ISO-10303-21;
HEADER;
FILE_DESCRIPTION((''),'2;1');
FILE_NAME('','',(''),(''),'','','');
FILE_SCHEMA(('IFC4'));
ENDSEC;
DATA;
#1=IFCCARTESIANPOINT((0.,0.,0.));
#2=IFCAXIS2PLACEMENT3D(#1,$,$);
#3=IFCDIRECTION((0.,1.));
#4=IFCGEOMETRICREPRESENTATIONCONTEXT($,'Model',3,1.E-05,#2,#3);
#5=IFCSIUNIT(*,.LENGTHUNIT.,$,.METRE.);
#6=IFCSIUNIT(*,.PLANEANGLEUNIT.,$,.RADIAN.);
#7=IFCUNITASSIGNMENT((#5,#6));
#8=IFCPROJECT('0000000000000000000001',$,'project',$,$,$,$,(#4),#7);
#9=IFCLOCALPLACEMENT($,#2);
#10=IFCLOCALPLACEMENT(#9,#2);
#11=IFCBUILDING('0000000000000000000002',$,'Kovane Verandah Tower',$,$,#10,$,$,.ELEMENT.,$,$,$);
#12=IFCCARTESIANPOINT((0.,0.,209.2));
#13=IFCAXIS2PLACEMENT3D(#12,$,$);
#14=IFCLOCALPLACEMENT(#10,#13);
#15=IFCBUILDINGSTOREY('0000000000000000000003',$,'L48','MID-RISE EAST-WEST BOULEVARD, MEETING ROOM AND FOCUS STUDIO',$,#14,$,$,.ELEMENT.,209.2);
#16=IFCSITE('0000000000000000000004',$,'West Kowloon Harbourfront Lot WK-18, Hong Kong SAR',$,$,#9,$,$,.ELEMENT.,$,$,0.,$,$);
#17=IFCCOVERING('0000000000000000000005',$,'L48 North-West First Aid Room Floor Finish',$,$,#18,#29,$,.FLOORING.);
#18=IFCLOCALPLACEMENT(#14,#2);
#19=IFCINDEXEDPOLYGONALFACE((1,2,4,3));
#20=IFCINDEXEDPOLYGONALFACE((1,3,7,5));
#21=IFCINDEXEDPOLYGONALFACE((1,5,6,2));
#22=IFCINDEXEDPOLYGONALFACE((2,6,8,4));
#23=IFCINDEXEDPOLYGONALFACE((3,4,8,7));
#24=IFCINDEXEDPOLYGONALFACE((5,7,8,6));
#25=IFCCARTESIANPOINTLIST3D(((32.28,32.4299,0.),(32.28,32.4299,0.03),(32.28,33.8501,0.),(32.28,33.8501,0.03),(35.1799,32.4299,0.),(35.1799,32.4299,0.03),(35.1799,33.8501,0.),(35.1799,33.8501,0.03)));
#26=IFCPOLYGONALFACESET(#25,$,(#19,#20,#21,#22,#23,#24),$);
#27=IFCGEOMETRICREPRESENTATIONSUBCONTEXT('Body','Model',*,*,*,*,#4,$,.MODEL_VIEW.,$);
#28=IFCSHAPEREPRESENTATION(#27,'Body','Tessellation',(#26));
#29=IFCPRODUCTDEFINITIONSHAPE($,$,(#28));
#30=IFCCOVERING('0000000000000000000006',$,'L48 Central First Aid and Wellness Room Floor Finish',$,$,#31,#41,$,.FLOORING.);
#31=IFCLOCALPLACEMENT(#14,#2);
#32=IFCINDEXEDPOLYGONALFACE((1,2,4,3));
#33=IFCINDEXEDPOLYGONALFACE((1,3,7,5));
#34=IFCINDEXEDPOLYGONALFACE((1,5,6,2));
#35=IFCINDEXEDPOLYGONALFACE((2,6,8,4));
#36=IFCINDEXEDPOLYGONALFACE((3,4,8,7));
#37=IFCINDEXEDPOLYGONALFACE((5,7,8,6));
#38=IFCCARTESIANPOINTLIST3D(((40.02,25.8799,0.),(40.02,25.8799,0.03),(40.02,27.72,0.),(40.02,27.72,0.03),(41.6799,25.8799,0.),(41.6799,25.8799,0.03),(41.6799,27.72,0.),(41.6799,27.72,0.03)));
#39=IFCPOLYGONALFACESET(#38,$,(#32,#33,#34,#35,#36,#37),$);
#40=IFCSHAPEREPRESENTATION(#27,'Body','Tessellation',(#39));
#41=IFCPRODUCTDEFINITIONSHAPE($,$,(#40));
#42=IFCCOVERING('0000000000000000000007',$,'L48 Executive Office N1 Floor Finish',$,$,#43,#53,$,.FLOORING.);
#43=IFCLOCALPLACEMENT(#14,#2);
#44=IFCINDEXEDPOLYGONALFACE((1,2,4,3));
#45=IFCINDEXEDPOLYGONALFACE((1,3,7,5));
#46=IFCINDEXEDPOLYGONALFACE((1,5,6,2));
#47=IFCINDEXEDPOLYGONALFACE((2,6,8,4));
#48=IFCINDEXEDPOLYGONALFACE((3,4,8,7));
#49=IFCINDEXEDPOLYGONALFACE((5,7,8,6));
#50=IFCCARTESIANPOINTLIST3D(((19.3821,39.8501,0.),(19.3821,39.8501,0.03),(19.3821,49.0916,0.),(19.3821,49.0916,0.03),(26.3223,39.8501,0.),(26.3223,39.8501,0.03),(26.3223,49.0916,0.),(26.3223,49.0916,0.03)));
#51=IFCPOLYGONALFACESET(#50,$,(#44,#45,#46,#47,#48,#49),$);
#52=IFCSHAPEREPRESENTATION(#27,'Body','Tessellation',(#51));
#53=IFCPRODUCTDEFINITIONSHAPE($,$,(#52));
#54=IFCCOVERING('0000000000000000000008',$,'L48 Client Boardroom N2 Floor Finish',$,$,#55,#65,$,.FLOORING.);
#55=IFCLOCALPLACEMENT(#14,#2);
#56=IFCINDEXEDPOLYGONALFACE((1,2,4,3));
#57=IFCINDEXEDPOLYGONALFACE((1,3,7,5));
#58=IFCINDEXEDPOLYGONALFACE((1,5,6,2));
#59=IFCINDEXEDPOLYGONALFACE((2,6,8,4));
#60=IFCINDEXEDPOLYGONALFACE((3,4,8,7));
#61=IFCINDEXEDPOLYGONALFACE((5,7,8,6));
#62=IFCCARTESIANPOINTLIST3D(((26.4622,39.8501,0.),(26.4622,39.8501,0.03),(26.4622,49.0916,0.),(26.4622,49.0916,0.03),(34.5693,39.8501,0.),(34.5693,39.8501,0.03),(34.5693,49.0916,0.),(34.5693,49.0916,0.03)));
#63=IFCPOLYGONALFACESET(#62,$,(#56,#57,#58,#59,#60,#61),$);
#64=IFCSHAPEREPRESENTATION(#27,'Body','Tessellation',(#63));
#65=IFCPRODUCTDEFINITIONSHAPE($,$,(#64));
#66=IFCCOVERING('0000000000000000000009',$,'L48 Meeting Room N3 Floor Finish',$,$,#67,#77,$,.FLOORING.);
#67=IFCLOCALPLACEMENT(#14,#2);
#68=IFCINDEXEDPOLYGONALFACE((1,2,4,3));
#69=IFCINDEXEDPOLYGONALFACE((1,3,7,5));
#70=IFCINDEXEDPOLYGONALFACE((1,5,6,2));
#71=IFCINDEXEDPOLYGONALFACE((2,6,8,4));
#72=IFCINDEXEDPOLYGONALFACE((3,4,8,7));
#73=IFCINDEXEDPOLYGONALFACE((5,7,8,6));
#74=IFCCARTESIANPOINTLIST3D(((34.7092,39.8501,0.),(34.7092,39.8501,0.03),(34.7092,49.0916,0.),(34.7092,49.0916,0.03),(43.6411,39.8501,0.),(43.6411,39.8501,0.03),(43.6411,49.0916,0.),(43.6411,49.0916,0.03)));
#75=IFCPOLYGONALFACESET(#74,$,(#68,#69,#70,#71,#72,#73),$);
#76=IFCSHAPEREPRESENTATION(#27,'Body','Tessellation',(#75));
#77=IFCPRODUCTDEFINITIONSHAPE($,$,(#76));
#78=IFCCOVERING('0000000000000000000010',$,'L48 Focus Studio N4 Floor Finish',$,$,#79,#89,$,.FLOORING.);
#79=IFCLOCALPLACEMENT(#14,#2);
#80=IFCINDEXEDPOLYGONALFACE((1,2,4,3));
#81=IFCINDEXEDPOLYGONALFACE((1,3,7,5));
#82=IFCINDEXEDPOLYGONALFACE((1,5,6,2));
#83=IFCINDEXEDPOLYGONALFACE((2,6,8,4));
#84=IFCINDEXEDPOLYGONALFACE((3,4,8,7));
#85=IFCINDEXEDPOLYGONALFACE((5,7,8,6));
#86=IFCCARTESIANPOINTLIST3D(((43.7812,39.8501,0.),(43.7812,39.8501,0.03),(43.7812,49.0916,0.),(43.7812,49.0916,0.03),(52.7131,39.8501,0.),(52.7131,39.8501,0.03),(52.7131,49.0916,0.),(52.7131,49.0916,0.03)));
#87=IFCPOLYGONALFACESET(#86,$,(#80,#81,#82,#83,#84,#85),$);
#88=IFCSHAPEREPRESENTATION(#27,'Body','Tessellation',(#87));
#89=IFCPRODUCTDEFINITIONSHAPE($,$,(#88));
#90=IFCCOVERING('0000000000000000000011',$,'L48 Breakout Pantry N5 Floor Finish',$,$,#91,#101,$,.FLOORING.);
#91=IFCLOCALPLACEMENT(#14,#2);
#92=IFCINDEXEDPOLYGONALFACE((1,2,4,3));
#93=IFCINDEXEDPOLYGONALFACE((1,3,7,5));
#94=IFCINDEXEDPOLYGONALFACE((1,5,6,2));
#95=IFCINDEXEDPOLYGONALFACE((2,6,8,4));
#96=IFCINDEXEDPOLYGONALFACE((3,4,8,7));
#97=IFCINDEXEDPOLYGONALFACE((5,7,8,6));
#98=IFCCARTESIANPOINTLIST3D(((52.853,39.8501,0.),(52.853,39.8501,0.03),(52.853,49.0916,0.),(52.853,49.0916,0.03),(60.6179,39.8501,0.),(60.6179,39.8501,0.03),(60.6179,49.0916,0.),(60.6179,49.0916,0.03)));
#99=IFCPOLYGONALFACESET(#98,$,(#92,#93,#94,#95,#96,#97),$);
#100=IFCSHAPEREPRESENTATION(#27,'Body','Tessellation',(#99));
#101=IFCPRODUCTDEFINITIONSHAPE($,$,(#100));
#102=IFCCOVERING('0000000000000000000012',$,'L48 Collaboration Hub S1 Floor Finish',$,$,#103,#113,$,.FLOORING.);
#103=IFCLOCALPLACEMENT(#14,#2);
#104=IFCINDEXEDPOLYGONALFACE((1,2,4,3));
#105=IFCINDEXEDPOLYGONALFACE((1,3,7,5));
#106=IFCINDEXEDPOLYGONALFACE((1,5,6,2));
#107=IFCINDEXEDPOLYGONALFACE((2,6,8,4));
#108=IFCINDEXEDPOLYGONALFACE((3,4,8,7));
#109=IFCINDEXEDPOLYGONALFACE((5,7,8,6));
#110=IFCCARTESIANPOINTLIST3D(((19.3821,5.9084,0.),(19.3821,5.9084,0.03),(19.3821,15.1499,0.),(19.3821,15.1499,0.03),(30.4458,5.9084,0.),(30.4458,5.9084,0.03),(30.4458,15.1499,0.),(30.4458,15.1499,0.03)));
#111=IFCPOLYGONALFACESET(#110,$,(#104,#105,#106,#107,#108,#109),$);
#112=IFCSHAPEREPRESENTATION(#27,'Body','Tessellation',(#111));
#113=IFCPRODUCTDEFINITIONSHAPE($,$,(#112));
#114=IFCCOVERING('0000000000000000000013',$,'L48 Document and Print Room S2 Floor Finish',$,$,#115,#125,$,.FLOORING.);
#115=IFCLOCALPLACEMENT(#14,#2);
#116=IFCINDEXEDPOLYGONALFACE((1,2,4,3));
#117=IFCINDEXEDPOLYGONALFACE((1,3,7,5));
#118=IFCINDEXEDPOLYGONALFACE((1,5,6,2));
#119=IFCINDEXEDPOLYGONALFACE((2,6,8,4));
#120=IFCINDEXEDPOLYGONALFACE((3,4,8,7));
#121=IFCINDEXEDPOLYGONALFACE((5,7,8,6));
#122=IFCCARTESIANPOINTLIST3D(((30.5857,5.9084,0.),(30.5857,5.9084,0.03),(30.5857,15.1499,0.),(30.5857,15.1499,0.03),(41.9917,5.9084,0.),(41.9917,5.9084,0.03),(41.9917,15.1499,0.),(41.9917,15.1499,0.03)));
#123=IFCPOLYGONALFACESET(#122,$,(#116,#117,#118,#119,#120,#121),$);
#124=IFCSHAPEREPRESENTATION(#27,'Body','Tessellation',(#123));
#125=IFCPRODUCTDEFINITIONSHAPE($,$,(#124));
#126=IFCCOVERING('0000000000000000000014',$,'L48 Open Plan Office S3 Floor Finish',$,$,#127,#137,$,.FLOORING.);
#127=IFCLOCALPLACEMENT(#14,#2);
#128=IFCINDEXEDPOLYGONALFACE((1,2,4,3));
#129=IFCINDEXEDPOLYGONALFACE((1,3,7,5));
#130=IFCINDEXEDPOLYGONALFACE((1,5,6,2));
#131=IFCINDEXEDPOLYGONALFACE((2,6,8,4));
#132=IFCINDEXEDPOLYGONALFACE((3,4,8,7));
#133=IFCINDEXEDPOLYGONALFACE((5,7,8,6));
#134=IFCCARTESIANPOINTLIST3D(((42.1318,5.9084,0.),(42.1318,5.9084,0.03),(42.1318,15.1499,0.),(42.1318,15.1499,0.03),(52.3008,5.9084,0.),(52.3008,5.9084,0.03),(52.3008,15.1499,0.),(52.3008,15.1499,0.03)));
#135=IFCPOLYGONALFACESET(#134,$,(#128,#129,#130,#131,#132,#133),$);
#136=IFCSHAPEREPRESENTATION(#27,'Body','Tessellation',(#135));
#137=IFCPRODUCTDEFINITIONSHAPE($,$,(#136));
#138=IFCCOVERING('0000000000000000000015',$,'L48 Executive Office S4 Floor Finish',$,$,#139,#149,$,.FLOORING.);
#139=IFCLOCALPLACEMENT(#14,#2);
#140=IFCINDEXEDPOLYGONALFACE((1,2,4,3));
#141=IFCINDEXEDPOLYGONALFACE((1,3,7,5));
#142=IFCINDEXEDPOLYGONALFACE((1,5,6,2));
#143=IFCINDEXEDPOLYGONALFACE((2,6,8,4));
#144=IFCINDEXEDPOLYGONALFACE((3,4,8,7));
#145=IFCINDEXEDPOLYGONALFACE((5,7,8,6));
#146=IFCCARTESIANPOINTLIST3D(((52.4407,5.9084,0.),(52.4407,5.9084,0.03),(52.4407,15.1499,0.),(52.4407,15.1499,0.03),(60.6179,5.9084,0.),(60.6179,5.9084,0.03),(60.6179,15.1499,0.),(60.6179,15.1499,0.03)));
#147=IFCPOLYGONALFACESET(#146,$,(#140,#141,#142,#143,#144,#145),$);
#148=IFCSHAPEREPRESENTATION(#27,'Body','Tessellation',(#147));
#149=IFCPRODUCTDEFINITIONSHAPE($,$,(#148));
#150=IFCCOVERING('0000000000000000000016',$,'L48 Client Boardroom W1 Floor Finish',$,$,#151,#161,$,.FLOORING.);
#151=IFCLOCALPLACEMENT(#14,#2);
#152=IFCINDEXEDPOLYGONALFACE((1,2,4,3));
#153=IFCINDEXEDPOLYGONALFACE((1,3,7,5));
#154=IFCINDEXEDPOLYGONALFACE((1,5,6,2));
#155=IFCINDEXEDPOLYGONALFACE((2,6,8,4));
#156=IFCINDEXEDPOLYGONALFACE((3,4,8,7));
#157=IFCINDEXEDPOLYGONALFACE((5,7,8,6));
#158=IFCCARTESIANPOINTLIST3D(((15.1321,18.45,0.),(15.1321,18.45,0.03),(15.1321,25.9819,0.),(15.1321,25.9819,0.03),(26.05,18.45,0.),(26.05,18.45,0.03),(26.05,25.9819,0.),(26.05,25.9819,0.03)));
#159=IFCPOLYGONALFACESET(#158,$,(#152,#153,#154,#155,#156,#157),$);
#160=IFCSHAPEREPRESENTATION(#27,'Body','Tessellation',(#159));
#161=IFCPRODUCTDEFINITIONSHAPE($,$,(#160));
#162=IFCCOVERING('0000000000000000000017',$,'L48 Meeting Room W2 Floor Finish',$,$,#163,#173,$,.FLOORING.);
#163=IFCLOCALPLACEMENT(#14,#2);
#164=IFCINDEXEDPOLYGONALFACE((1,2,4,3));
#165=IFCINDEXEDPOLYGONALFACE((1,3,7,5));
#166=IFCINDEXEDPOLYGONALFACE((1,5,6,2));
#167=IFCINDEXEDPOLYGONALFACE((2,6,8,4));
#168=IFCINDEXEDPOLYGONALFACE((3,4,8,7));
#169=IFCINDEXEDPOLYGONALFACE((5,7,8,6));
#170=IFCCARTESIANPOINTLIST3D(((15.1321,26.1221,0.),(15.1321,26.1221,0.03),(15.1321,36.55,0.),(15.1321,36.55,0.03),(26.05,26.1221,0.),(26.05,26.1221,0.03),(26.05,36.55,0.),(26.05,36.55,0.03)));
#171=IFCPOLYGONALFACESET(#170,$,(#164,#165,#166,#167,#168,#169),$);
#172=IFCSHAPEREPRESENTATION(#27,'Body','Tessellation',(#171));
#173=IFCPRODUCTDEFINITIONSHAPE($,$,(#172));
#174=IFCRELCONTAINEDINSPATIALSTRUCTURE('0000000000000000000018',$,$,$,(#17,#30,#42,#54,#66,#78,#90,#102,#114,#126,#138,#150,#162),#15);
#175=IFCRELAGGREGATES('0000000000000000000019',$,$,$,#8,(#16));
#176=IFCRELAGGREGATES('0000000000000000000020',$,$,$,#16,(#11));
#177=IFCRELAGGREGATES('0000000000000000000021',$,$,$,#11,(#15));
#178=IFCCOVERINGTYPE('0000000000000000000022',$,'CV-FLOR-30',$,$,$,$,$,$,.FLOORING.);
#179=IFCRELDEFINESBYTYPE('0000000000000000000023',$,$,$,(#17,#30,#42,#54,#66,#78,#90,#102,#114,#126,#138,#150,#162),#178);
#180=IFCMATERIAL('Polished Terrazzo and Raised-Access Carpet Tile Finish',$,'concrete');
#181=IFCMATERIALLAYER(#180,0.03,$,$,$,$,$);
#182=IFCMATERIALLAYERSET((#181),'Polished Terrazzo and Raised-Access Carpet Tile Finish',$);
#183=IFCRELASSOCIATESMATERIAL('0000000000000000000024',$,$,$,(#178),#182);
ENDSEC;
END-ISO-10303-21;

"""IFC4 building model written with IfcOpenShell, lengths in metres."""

from ifc_helpers import new_model, si_unit, direction, frame, origin, place, context, subcontext, project, spatial, polyline, outline, extrude, material, layer, layer_set, type_object, element, save


model = new_model("IFC4")

# Units and contexts
model_context = context("Model", 3, precision=1e-05, world=origin(), true_north=direction((0.0, 1.0)))
body_context = subcontext(model_context, "Body", "Model", "MODEL_VIEW")
ifc_project = project(units=[si_unit("LENGTHUNIT", "METRE"), si_unit("PLANEANGLEUNIT", "RADIAN")], contexts=[model_context])

# Site, building, storey
site_placement = place(None, origin())
site = spatial("IfcSite", under=ifc_project, at=site_placement, Name="West Kowloon Harbourfront Lot WK-18, Hong Kong SAR", CompositionType="ELEMENT", RefElevation=0.0)
building_placement = place(site_placement, origin())
building = spatial("IfcBuilding", under=site, at=building_placement, Name="Kovane Verandah Tower", CompositionType="ELEMENT")
storey_placement = place(building_placement, frame((0.0, 0.0, 209.2)))
storey = spatial("IfcBuildingStorey", under=building, at=storey_placement, Name="L48", Description="MID-RISE EAST-WEST BOULEVARD, MEETING ROOM AND FOCUS STUDIO", CompositionType="ELEMENT", Elevation=209.2)

# Coverings
ifc_material_1 = material(Name="Polished Terrazzo and Raised-Access Carpet Tile Finish", Category="concrete")
ifc_layer_1 = layer(ifc_material_1, 0.03)
ifc_layer_set_1 = layer_set([ifc_layer_1], Name="Polished Terrazzo and Raised-Access Carpet Tile Finish")
covering_type = type_object("IfcCoveringType", Name="CV-FLOR-30", PredefinedType="FLOORING", material=ifc_layer_set_1)
covering_1_placement = place(storey_placement, origin())
element("IfcCovering", 1, at=covering_1_placement, inside=storey, type_object=covering_type, Name="L48 North-West First Aid Room Floor Finish", PredefinedType="FLOORING", context=body_context, shape_type="SweptSolid", body=[
    extrude(outline(polyline([(32.28, 32.4299), (35.1799, 32.4299), (35.1799, 33.8501), (32.28, 33.8501), (32.28, 32.4299)])), origin(), (0.0, 0.0, 1.0), 0.03),
])
covering_2_placement = place(storey_placement, origin())
element("IfcCovering", 2, at=covering_2_placement, inside=storey, type_object=covering_type, Name="L48 Central First Aid and Wellness Room Floor Finish", PredefinedType="FLOORING", context=body_context, shape_type="SweptSolid", body=[
    extrude(outline(polyline([(40.02, 25.8799), (41.6799, 25.8799), (41.6799, 27.72), (40.02, 27.72), (40.02, 25.8799)])), origin(), (0.0, 0.0, 1.0), 0.03),
])
covering_3_placement = place(storey_placement, origin())
element("IfcCovering", 3, at=covering_3_placement, inside=storey, type_object=covering_type, Name="L48 Executive Office N1 Floor Finish", PredefinedType="FLOORING", context=body_context, shape_type="SweptSolid", body=[
    extrude(outline(polyline([(19.3821, 39.8501), (26.3223, 39.8501), (26.3223, 49.0916), (19.3821, 49.0916), (19.3821, 39.8501)])), origin(), (0.0, 0.0, 1.0), 0.03),
])
covering_4_placement = place(storey_placement, origin())
element("IfcCovering", 4, at=covering_4_placement, inside=storey, type_object=covering_type, Name="L48 Client Boardroom N2 Floor Finish", PredefinedType="FLOORING", context=body_context, shape_type="SweptSolid", body=[
    extrude(outline(polyline([(26.4622, 39.8501), (34.5693, 39.8501), (34.5693, 49.0916), (26.4622, 49.0916), (26.4622, 39.8501)])), origin(), (0.0, 0.0, 1.0), 0.03),
])
covering_5_placement = place(storey_placement, origin())
element("IfcCovering", 5, at=covering_5_placement, inside=storey, type_object=covering_type, Name="L48 Meeting Room N3 Floor Finish", PredefinedType="FLOORING", context=body_context, shape_type="SweptSolid", body=[
    extrude(outline(polyline([(34.7092, 39.8501), (43.6411, 39.8501), (43.6411, 49.0916), (34.7092, 49.0916), (34.7092, 39.8501)])), origin(), (0.0, 0.0, 1.0), 0.03),
])
covering_6_placement = place(storey_placement, origin())
element("IfcCovering", 6, at=covering_6_placement, inside=storey, type_object=covering_type, Name="L48 Focus Studio N4 Floor Finish", PredefinedType="FLOORING", context=body_context, shape_type="SweptSolid", body=[
    extrude(outline(polyline([(43.7812, 39.8501), (52.7131, 39.8501), (52.7131, 49.0916), (43.7812, 49.0916), (43.7812, 39.8501)])), origin(), (0.0, 0.0, 1.0), 0.03),
])
covering_7_placement = place(storey_placement, origin())
element("IfcCovering", 7, at=covering_7_placement, inside=storey, type_object=covering_type, Name="L48 Breakout Pantry N5 Floor Finish", PredefinedType="FLOORING", context=body_context, shape_type="SweptSolid", body=[
    extrude(outline(polyline([(52.853, 39.8501), (60.6179, 39.8501), (60.6179, 49.0916), (52.853, 49.0916), (52.853, 39.8501)])), origin(), (0.0, 0.0, 1.0), 0.03),
])
covering_8_placement = place(storey_placement, origin())
element("IfcCovering", 8, at=covering_8_placement, inside=storey, type_object=covering_type, Name="L48 Collaboration Hub S1 Floor Finish", PredefinedType="FLOORING", context=body_context, shape_type="SweptSolid", body=[
    extrude(outline(polyline([(19.3821, 5.9084), (30.4458, 5.9084), (30.4458, 15.1499), (19.3821, 15.1499), (19.3821, 5.9084)])), origin(), (0.0, 0.0, 1.0), 0.03),
])
covering_9_placement = place(storey_placement, origin())
element("IfcCovering", 9, at=covering_9_placement, inside=storey, type_object=covering_type, Name="L48 Document and Print Room S2 Floor Finish", PredefinedType="FLOORING", context=body_context, shape_type="SweptSolid", body=[
    extrude(outline(polyline([(30.5857, 5.9084), (41.9917, 5.9084), (41.9917, 15.1499), (30.5857, 15.1499), (30.5857, 5.9084)])), origin(), (0.0, 0.0, 1.0), 0.03),
])
covering_10_placement = place(storey_placement, origin())
element("IfcCovering", 10, at=covering_10_placement, inside=storey, type_object=covering_type, Name="L48 Open Plan Office S3 Floor Finish", PredefinedType="FLOORING", context=body_context, shape_type="SweptSolid", body=[
    extrude(outline(polyline([(42.1318, 5.9084), (52.3008, 5.9084), (52.3008, 15.1499), (42.1318, 15.1499), (42.1318, 5.9084)])), origin(), (0.0, 0.0, 1.0), 0.03),
])
covering_11_placement = place(storey_placement, origin())
element("IfcCovering", 11, at=covering_11_placement, inside=storey, type_object=covering_type, Name="L48 Executive Office S4 Floor Finish", PredefinedType="FLOORING", context=body_context, shape_type="SweptSolid", body=[
    extrude(outline(polyline([(52.4407, 5.9084), (60.6179, 5.9084), (60.6179, 15.1499), (52.4407, 15.1499), (52.4407, 5.9084)])), origin(), (0.0, 0.0, 1.0), 0.03),
])
covering_12_placement = place(storey_placement, origin())
element("IfcCovering", 12, at=covering_12_placement, inside=storey, type_object=covering_type, Name="L48 Client Boardroom W1 Floor Finish", PredefinedType="FLOORING", context=body_context, shape_type="SweptSolid", body=[
    extrude(outline(polyline([(15.1321, 18.45), (26.05, 18.45), (26.05, 25.9819), (15.1321, 25.9819), (15.1321, 18.45)])), origin(), (0.0, 0.0, 1.0), 0.03),
])
covering_13_placement = place(storey_placement, origin())
element("IfcCovering", 13, at=covering_13_placement, inside=storey, type_object=covering_type, Name="L48 Meeting Room W2 Floor Finish", PredefinedType="FLOORING", context=body_context, shape_type="SweptSolid", body=[
    extrude(outline(polyline([(15.1321, 26.1221), (26.05, 26.1221), (26.05, 36.55), (15.1321, 36.55), (15.1321, 26.1221)])), origin(), (0.0, 0.0, 1.0), 0.03),
])

save(model, "model.ifc")
